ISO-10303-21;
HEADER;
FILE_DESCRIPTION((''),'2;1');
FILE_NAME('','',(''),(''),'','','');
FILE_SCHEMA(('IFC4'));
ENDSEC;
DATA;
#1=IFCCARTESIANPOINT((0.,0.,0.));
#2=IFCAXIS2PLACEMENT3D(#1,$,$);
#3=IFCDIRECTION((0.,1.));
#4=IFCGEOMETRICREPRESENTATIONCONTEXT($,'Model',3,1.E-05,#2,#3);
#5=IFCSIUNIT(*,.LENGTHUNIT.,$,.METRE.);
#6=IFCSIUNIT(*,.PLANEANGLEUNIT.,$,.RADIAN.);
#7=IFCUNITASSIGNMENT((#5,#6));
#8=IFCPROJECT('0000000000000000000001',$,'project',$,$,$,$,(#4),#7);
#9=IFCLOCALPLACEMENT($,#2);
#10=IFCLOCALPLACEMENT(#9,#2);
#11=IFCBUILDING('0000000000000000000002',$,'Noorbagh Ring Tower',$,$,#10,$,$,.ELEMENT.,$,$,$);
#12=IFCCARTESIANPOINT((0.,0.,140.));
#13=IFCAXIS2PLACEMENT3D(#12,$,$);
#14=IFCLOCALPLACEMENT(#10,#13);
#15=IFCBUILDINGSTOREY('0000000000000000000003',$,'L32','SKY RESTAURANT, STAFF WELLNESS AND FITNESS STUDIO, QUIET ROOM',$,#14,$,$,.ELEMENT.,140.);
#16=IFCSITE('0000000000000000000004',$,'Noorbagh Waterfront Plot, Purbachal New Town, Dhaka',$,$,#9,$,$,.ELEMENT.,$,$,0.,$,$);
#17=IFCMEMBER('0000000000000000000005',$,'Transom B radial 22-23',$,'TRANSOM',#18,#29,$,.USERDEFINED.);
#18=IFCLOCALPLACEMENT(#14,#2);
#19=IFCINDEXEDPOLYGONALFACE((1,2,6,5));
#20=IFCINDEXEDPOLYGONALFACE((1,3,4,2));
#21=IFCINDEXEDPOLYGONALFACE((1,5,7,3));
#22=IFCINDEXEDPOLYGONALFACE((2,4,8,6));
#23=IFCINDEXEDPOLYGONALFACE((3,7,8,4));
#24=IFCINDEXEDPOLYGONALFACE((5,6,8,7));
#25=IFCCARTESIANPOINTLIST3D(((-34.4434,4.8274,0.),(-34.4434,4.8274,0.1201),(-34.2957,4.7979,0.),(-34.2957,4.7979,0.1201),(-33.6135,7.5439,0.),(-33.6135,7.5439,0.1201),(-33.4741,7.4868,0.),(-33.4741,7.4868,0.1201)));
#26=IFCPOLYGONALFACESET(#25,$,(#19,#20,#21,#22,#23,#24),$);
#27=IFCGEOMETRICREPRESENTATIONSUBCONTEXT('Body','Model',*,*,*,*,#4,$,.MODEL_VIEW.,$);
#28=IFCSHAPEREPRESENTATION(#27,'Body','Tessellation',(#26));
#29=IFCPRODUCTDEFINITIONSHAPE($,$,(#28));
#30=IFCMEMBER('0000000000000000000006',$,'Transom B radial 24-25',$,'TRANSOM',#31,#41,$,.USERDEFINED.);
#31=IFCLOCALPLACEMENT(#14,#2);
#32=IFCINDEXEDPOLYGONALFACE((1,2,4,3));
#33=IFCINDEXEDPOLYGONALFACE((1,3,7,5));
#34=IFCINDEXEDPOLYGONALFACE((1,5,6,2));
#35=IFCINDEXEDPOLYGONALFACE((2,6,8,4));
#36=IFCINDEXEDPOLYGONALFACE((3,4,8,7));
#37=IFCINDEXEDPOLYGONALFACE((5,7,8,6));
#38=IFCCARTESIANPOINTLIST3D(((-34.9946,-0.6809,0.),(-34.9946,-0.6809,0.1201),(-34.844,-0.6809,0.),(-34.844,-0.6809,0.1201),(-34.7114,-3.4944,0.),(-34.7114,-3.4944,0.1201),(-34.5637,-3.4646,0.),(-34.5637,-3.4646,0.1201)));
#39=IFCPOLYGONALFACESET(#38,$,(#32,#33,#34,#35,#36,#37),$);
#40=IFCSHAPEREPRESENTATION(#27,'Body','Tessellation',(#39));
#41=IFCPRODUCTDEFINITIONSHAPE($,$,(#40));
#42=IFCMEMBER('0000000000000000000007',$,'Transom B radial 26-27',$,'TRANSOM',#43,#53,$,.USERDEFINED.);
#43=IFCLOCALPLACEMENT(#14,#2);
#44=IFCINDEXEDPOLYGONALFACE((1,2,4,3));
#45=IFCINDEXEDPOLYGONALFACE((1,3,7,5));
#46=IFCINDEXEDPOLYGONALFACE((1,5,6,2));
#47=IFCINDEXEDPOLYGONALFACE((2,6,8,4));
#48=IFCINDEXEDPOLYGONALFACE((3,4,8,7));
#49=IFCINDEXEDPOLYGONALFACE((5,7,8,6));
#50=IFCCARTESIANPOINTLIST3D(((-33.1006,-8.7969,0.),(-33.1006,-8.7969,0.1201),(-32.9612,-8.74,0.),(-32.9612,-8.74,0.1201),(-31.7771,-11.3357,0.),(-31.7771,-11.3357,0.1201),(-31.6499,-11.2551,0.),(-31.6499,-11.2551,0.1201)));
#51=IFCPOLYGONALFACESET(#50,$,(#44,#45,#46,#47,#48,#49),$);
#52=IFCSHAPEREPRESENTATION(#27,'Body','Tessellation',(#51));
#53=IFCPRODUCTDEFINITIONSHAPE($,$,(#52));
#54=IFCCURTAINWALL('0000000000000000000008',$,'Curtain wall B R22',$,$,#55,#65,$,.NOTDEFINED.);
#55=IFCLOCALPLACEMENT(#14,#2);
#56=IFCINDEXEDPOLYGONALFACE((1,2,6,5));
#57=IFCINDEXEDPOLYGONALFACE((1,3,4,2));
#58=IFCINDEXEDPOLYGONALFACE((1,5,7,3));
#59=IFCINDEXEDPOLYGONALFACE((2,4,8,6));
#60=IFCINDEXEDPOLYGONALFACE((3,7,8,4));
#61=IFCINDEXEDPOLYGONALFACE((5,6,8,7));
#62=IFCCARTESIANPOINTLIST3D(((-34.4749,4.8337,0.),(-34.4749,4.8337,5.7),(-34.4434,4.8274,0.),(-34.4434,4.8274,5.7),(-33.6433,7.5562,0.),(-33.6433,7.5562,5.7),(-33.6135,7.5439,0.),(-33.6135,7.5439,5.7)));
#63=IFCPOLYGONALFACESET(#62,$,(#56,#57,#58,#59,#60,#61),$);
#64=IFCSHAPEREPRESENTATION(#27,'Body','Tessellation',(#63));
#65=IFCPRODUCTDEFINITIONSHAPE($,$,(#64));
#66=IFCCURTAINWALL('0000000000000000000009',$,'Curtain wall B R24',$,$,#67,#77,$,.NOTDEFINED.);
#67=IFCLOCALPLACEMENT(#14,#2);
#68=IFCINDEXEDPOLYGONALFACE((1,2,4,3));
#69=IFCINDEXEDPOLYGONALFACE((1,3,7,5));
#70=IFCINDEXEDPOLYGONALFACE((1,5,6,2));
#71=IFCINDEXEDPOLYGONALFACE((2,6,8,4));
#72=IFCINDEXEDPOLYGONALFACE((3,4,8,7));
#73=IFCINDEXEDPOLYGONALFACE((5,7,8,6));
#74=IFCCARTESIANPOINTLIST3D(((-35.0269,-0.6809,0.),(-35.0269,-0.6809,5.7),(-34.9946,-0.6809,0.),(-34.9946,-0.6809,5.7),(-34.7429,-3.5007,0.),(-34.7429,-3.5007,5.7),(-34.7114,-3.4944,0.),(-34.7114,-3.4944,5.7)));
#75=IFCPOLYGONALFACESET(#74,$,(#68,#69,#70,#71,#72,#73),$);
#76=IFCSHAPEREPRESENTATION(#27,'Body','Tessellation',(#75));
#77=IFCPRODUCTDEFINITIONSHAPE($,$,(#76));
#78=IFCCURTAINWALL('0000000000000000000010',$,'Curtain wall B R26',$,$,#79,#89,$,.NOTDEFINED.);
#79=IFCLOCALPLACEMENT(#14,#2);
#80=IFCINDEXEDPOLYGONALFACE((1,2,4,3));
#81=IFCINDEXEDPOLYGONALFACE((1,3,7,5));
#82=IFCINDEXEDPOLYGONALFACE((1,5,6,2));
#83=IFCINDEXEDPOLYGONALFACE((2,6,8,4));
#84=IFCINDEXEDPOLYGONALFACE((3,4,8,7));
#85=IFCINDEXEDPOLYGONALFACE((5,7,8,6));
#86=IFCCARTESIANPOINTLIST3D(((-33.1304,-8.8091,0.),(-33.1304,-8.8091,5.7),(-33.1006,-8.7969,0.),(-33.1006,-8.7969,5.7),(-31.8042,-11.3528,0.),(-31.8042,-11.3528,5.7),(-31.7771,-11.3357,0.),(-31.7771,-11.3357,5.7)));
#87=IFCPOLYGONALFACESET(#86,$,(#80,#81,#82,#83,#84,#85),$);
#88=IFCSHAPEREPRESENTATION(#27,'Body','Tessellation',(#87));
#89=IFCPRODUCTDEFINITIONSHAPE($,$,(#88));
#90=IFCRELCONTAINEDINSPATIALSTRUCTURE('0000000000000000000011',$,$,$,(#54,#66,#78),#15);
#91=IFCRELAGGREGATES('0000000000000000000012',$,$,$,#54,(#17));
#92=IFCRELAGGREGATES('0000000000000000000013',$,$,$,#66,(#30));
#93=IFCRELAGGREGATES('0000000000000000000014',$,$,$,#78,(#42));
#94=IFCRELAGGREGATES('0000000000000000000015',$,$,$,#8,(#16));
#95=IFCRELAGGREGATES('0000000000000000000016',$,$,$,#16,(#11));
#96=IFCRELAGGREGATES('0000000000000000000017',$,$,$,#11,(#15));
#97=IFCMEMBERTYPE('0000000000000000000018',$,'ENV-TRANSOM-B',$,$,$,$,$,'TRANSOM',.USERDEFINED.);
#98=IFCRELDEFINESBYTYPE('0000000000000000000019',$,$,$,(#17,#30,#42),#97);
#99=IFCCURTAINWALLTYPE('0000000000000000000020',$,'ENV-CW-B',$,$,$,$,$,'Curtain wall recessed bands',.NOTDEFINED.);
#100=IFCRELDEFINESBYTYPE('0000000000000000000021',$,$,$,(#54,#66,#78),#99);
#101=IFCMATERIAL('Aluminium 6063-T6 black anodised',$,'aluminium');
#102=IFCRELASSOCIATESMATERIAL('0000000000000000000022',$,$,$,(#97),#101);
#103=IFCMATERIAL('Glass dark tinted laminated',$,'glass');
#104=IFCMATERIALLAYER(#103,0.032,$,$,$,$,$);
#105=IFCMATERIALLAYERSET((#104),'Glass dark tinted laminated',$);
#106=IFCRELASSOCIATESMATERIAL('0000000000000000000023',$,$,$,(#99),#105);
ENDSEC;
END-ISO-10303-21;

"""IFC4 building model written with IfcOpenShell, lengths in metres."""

from ifc_helpers import new_model, si_unit, direction, frame, origin, place, context, subcontext, project, spatial, polyline, outline, extrude, material, layer, layer_set, type_object, element, aggregate, save


model = new_model("IFC4")

# Units and contexts
model_context = context("Model", 3, precision=1e-05, world=origin(), true_north=direction((0.0, 1.0)))
body_context = subcontext(model_context, "Body", "Model", "MODEL_VIEW")
ifc_project = project(units=[si_unit("LENGTHUNIT", "METRE"), si_unit("PLANEANGLEUNIT", "RADIAN")], contexts=[model_context])

# Members
site_placement = place(None, origin())
building_placement = place(site_placement, origin())
storey_placement = place(building_placement, frame((0.0, 0.0, 140.0)))
ifc_material_1 = material(Name="Aluminium 6063-T6 black anodised", Category="aluminium")
member_type_1 = type_object("IfcMemberType", Name="ENV-TRANSOM-B", ElementType="TRANSOM", PredefinedType="USERDEFINED", material=ifc_material_1)
member_1_placement = place(storey_placement, origin())
member_1 = element("IfcMember", 1, at=member_1_placement, type_object=member_type_1, Name="Transom B radial 22-23", ObjectType="TRANSOM", PredefinedType="USERDEFINED", context=body_context, shape_type="SweptSolid", body=[
    extrude(outline(polyline([(-33.6135, 7.5439), (-34.4434, 4.8274), (-34.2957, 4.7979), (-33.4741, 7.4868), (-33.6135, 7.5439)])), origin(), (0.0, 0.0, 1.0), 0.1201),
])
member_2_placement = place(storey_placement, origin())
member_2 = element("IfcMember", 2, at=member_2_placement, type_object=member_type_1, Name="Transom B radial 24-25", ObjectType="TRANSOM", PredefinedType="USERDEFINED", context=body_context, shape_type="SweptSolid", body=[
    extrude(outline(polyline([(-34.9946, -0.6809), (-34.7114, -3.4944), (-34.5637, -3.4646), (-34.844, -0.6809), (-34.9946, -0.6809)])), origin(), (0.0, 0.0, 1.0), 0.1201),
])
member_3_placement = place(storey_placement, origin())
member_3 = element("IfcMember", 3, at=member_3_placement, type_object=member_type_1, Name="Transom B radial 26-27", ObjectType="TRANSOM", PredefinedType="USERDEFINED", context=body_context, shape_type="SweptSolid", body=[
    extrude(outline(polyline([(-33.1006, -8.7969), (-31.7771, -11.3357), (-31.6499, -11.2551), (-32.9612, -8.74), (-33.1006, -8.7969)])), origin(), (0.0, 0.0, 1.0), 0.1201),
])

# Site, building, storey
site = spatial("IfcSite", under=ifc_project, at=site_placement, Name="Noorbagh Waterfront Plot, Purbachal New Town, Dhaka", CompositionType="ELEMENT", RefElevation=0.0)
building = spatial("IfcBuilding", under=site, at=building_placement, Name="Noorbagh Ring Tower", CompositionType="ELEMENT")
storey = spatial("IfcBuildingStorey", under=building, at=storey_placement, Name="L32", Description="SKY RESTAURANT, STAFF WELLNESS AND FITNESS STUDIO, QUIET ROOM", CompositionType="ELEMENT", Elevation=140.0)

# Curtain walls
ifc_material_2 = material(Name="Glass dark tinted laminated", Category="glass")
ifc_layer = layer(ifc_material_2, 0.032)
ifc_layer_set = layer_set([ifc_layer], Name="Glass dark tinted laminated")
curtain_wall_type = type_object("IfcCurtainWallType", Name="ENV-CW-B", ElementType="Curtain wall recessed bands", PredefinedType="NOTDEFINED", material=ifc_layer_set)
curtain_wall_1_placement = place(storey_placement, origin())
curtain_wall_1 = element("IfcCurtainWall", 4, at=curtain_wall_1_placement, inside=storey, type_object=curtain_wall_type, Name="Curtain wall B R22", PredefinedType="NOTDEFINED", context=body_context, shape_type="SweptSolid", body=[
    extrude(outline(polyline([(-33.6433, 7.5562), (-34.4749, 4.8337), (-34.4434, 4.8274), (-33.6135, 7.5439), (-33.6433, 7.5562)])), origin(), (0.0, 0.0, 1.0), 5.7),
])
aggregate(curtain_wall_1, [member_1])
curtain_wall_2_placement = place(storey_placement, origin())
curtain_wall_2 = element("IfcCurtainWall", 5, at=curtain_wall_2_placement, inside=storey, type_object=curtain_wall_type, Name="Curtain wall B R24", PredefinedType="NOTDEFINED", context=body_context, shape_type="SweptSolid", body=[
    extrude(outline(polyline([(-35.0269, -0.6809), (-34.7429, -3.5007), (-34.7114, -3.4944), (-34.9946, -0.6809), (-35.0269, -0.6809)])), origin(), (0.0, 0.0, 1.0), 5.7),
])
aggregate(curtain_wall_2, [member_2])
curtain_wall_3_placement = place(storey_placement, origin())
curtain_wall_3 = element("IfcCurtainWall", 6, at=curtain_wall_3_placement, inside=storey, type_object=curtain_wall_type, Name="Curtain wall B R26", PredefinedType="NOTDEFINED", context=body_context, shape_type="SweptSolid", body=[
    extrude(outline(polyline([(-33.1304, -8.8091), (-31.8042, -11.3528), (-31.7771, -11.3357), (-33.1006, -8.7969), (-33.1304, -8.8091)])), origin(), (0.0, 0.0, 1.0), 5.7),
])
aggregate(curtain_wall_3, [member_3])

save(model, "model.ifc")
